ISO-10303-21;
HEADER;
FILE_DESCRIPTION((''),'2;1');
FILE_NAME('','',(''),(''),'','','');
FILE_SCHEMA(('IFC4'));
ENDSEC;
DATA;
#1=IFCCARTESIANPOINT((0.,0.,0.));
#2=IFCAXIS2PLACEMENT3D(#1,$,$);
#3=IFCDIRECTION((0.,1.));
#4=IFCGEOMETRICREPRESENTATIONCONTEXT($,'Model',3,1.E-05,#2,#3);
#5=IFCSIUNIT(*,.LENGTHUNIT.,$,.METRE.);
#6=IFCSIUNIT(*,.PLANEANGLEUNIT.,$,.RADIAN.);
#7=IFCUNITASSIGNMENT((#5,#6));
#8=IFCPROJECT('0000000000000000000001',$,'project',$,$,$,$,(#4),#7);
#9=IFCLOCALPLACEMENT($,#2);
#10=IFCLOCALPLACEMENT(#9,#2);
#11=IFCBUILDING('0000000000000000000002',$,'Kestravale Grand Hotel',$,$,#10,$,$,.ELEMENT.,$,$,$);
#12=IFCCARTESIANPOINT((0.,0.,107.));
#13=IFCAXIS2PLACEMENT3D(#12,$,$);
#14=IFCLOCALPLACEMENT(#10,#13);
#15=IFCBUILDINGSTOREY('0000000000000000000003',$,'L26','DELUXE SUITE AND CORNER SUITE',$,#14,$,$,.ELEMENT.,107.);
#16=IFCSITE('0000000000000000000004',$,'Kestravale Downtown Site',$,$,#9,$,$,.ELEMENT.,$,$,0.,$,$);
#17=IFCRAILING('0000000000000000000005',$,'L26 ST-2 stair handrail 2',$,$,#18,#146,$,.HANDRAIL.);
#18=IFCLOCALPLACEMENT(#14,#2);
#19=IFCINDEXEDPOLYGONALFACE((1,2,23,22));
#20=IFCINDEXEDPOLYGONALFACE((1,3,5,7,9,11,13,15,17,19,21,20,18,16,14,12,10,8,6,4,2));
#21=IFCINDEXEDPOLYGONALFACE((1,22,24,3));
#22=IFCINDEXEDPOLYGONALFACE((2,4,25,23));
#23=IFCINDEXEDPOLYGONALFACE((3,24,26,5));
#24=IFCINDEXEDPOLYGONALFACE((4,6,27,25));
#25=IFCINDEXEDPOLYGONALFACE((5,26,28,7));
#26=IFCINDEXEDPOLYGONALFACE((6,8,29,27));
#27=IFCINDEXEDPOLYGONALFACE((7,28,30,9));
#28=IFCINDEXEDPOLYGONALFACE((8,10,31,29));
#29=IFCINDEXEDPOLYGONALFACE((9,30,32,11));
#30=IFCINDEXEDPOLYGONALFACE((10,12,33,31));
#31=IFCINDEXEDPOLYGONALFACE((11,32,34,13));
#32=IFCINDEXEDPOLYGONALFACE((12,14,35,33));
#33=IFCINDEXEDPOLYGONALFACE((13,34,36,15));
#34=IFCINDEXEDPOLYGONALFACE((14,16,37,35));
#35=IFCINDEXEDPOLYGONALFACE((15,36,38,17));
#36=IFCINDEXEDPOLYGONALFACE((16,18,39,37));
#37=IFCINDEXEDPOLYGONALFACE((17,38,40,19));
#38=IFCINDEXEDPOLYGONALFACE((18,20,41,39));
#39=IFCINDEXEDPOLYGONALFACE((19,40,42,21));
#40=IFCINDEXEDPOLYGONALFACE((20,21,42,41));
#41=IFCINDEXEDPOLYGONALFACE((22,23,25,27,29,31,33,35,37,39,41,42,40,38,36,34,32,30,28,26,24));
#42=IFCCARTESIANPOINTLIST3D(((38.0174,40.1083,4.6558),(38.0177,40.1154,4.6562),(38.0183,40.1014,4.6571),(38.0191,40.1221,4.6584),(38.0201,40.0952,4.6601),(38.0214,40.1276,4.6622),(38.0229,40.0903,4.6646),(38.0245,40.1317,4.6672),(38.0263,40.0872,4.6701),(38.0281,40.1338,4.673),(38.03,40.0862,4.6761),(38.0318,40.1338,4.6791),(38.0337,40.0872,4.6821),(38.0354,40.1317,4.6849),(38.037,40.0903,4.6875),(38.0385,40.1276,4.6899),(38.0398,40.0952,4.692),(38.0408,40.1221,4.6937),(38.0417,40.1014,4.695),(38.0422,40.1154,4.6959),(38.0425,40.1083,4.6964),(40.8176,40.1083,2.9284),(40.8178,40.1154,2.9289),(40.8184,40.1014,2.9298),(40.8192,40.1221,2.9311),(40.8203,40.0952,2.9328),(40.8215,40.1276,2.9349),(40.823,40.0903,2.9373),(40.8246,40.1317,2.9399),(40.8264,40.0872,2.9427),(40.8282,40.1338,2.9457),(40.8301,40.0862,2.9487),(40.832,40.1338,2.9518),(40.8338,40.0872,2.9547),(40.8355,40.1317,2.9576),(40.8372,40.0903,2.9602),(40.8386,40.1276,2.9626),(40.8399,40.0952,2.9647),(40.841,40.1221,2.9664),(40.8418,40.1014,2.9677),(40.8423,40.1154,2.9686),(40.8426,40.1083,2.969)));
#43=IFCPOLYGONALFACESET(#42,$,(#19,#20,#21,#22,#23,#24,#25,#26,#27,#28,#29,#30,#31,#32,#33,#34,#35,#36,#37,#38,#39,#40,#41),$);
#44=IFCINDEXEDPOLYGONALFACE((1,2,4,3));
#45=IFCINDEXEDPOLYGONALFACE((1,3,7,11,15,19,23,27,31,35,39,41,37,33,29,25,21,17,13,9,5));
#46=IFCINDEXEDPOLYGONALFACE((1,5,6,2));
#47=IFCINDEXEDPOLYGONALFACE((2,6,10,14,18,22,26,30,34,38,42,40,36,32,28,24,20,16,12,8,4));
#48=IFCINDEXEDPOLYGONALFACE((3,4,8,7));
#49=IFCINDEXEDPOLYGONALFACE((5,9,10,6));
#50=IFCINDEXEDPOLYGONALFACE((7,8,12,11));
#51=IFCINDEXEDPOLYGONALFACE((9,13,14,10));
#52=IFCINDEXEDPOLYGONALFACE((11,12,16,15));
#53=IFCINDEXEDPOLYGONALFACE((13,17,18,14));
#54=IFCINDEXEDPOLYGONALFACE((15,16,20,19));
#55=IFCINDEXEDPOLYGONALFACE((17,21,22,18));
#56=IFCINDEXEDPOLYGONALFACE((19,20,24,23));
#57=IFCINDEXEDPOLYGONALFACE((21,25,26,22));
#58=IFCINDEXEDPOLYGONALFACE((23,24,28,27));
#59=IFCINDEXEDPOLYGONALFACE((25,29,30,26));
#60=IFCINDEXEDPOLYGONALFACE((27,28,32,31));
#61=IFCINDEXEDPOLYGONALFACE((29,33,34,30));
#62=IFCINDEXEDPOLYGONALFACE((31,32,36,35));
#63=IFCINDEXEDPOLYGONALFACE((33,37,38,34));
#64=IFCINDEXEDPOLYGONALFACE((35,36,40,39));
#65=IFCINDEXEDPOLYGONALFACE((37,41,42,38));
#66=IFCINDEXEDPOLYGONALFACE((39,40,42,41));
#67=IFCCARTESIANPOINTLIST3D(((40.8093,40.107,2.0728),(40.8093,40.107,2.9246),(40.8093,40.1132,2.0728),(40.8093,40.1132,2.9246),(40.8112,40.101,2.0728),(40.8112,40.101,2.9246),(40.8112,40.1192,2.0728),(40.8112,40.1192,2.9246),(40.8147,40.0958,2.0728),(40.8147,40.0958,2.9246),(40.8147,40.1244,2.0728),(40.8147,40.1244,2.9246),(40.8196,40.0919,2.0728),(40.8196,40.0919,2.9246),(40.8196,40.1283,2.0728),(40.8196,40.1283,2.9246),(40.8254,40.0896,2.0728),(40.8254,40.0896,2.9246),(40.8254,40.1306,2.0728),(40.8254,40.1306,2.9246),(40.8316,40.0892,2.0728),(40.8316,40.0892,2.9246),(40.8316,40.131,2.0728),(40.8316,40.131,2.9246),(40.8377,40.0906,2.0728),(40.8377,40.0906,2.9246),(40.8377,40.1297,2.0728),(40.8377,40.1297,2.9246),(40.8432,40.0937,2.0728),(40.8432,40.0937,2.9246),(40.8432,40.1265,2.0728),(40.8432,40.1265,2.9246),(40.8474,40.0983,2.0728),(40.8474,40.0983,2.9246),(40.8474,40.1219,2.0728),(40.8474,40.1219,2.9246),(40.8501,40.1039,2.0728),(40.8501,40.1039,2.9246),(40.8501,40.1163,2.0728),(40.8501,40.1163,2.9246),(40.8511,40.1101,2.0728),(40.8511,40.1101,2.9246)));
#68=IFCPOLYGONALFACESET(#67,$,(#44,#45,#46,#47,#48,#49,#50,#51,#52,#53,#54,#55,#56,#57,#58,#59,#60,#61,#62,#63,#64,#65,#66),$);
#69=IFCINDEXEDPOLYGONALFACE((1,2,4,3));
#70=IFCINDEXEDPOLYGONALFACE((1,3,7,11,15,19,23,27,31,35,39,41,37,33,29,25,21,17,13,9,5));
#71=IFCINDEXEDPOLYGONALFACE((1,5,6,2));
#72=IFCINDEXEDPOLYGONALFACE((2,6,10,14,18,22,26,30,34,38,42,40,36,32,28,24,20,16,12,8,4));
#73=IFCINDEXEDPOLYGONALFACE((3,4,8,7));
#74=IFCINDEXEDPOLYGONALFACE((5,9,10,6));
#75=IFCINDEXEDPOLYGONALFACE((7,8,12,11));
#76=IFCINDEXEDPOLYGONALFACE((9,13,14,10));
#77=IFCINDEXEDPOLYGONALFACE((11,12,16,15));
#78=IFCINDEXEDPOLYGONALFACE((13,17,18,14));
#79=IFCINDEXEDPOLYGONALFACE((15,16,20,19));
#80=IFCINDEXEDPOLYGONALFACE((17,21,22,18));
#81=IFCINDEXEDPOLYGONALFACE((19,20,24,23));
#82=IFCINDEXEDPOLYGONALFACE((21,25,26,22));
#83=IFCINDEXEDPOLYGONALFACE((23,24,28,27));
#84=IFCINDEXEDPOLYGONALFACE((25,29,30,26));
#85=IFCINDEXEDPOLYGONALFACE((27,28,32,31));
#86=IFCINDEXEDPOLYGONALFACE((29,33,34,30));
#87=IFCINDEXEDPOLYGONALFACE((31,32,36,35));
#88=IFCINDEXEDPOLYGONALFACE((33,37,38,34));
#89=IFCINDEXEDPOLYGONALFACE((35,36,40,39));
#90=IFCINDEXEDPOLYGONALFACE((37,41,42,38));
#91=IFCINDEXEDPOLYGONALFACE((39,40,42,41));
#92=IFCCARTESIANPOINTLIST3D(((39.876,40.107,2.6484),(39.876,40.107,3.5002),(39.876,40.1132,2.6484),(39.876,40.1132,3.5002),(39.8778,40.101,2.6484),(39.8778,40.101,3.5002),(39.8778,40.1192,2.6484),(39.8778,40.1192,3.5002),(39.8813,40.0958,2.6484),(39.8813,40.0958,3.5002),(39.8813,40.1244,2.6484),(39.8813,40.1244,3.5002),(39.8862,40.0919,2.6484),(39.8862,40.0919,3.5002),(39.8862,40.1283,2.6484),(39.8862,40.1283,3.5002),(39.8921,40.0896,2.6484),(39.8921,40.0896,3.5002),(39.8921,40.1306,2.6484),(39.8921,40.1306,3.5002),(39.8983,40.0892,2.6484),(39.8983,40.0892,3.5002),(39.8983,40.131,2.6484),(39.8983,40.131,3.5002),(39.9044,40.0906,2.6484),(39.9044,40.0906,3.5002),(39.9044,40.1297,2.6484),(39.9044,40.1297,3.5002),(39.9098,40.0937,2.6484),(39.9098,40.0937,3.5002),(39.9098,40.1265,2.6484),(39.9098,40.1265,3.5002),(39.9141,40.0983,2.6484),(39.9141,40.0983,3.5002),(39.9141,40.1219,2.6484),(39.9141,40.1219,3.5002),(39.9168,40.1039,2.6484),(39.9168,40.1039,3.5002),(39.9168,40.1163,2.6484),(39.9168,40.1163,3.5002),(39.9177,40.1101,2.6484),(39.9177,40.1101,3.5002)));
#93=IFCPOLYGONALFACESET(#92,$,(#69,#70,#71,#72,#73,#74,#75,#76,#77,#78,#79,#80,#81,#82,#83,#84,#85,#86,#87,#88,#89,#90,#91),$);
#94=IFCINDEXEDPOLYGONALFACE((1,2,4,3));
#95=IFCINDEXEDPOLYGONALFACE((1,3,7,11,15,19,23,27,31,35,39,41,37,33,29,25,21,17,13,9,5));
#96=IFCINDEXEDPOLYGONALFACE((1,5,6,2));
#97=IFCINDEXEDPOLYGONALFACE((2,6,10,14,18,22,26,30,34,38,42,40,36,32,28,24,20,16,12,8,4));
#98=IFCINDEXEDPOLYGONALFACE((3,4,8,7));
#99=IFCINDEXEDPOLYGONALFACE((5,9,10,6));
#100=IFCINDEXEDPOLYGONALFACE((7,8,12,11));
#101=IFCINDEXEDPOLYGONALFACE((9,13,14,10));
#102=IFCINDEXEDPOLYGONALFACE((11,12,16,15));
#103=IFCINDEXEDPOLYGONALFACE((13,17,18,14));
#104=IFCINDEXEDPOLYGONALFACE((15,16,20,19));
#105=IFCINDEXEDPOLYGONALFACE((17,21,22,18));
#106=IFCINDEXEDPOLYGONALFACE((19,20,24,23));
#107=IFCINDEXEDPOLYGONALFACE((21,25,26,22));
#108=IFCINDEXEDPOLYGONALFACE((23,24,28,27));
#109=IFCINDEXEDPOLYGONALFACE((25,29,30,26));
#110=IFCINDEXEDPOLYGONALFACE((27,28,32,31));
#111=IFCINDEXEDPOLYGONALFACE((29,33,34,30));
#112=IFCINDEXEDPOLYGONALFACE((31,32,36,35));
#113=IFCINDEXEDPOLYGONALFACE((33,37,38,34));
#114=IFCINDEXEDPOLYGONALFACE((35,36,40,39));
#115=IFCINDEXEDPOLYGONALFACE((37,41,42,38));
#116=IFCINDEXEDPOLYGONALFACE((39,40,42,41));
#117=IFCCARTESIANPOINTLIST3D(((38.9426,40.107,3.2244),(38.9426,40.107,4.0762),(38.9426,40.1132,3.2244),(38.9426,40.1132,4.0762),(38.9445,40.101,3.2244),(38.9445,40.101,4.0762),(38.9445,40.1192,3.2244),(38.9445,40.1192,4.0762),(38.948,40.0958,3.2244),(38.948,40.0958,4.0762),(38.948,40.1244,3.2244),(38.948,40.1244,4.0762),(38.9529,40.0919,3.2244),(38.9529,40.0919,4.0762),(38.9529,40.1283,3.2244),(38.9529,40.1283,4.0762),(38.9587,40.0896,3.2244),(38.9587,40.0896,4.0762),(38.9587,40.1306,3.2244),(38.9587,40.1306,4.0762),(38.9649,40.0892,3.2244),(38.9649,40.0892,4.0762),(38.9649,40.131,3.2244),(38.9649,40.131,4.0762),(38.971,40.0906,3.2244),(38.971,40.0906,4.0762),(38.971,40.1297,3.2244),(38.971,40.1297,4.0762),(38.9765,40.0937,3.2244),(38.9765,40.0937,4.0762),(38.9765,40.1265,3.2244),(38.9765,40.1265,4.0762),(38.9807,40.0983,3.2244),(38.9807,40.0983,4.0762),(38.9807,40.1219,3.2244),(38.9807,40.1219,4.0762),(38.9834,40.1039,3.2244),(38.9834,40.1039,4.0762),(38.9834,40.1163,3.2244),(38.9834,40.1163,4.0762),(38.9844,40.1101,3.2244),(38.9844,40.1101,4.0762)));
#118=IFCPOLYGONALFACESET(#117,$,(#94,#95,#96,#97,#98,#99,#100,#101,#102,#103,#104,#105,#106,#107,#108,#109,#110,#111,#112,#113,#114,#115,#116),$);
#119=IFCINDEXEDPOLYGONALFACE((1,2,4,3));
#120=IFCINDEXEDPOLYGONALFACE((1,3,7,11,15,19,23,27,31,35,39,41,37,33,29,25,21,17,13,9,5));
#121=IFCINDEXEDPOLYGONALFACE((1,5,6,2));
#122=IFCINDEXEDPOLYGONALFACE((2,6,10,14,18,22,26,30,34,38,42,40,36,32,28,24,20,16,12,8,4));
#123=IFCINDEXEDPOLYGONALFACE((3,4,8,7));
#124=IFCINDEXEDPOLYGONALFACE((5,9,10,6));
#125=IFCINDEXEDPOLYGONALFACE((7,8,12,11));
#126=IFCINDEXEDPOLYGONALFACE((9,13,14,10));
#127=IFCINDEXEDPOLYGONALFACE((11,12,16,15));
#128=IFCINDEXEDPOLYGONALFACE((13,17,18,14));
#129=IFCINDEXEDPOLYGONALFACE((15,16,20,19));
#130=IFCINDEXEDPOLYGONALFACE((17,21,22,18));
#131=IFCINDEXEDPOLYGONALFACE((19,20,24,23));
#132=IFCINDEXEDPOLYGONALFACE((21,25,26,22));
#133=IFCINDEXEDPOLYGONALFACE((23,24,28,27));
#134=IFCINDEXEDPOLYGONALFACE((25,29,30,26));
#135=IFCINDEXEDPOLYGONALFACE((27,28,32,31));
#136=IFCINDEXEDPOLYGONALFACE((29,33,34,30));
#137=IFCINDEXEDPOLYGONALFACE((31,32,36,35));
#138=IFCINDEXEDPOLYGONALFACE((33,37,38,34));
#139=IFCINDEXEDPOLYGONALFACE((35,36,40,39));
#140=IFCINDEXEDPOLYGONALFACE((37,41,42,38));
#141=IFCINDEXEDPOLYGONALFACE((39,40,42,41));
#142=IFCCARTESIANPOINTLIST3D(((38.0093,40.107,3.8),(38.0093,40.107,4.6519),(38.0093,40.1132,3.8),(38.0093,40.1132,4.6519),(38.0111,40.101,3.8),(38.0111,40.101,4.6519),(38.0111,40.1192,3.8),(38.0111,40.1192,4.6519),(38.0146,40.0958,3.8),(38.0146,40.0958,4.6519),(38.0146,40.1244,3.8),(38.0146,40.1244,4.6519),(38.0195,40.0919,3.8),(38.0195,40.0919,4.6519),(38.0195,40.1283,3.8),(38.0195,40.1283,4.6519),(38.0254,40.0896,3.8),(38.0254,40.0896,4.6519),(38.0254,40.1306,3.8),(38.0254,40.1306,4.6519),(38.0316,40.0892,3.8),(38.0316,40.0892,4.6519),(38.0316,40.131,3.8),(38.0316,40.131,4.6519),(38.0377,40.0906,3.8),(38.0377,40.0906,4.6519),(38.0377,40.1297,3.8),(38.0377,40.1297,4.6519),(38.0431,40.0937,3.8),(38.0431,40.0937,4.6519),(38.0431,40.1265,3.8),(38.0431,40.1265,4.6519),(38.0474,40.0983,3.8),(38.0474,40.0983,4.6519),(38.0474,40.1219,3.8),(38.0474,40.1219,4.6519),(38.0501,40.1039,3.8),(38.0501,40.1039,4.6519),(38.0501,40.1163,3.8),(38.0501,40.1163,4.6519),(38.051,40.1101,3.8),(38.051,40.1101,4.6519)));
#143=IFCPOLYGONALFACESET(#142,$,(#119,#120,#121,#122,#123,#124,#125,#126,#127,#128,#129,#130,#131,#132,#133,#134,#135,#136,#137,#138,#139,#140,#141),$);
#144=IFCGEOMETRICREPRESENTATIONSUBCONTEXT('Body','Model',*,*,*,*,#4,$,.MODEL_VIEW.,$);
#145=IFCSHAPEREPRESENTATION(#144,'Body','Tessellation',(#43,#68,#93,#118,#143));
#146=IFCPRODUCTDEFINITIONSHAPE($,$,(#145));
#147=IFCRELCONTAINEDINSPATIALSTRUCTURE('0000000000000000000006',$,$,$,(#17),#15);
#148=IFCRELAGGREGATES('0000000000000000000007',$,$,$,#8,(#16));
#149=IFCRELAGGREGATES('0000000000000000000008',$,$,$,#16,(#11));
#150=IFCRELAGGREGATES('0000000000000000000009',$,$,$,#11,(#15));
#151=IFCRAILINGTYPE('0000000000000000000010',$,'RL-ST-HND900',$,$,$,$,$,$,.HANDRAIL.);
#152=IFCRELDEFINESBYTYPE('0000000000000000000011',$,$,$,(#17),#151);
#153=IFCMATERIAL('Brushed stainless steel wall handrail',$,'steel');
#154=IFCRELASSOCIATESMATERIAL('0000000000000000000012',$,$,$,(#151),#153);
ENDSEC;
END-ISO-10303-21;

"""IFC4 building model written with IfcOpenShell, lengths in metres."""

from ifc_helpers import new_model, si_unit, direction, frame, origin, origin_2d, place, context, subcontext, project, spatial, circle, extrude, material, type_object, element, save


model = new_model("IFC4")

# Units and contexts
model_context = context("Model", 3, precision=1e-05, world=origin(), true_north=direction((0.0, 1.0)))
body_context = subcontext(model_context, "Body", "Model", "MODEL_VIEW")
ifc_project = project(units=[si_unit("LENGTHUNIT", "METRE"), si_unit("PLANEANGLEUNIT", "RADIAN")], contexts=[model_context])

# Site, building, storey
site_placement = place(None, origin())
site = spatial("IfcSite", under=ifc_project, at=site_placement, Name="Kestravale Downtown Site", CompositionType="ELEMENT", RefElevation=0.0)
building_placement = place(site_placement, origin())
building = spatial("IfcBuilding", under=site, at=building_placement, Name="Kestravale Grand Hotel", CompositionType="ELEMENT")
storey_placement = place(building_placement, frame((0.0, 0.0, 107.0)))
storey = spatial("IfcBuildingStorey", under=building, at=storey_placement, Name="L26", Description="DELUXE SUITE AND CORNER SUITE", CompositionType="ELEMENT", Elevation=107.0)

# Railing
ifc_material_1 = material(Name="Brushed stainless steel wall handrail", Category="steel")
railing_type_1 = type_object("IfcRailingType", Name="RL-ST-HND900", PredefinedType="HANDRAIL", material=ifc_material_1)
railing_1_placement = place(storey_placement, frame((40.8301, 40.1101, 2.0728)))
element("IfcRailing", 1, at=railing_1_placement, inside=storey, type_object=railing_type_1, Name="L26 ST-2 stair handrail 2", PredefinedType="HANDRAIL", context=body_context, shape_type="SweptSolid", body=[
    extrude(circle(Radius=0.0239, at=origin_2d()), frame((0.0, 0.0, 0.876), z_axis=(-0.85109, 0.0, 0.52502), x_axis=(0.0, -1.0, 0.0)), (0.0, 0.0, 1.0), 3.29),
    extrude(circle(Radius=0.021, at=origin_2d()), origin(), (0.0, 0.0, 1.0), 0.8518),
    extrude(circle(Radius=0.021, at=origin_2d()), frame((-0.9333, 0.0, 0.5757)), (0.0, 0.0, 1.0), 0.8518),
    extrude(circle(Radius=0.021, at=origin_2d()), frame((-1.8667, 0.0, 1.1516)), (0.0, 0.0, 1.0), 0.8518),
    extrude(circle(Radius=0.021, at=origin_2d()), frame((-2.8, 0.0, 1.7273)), (0.0, 0.0, 1.0), 0.8518),
])

save(model, "model.ifc")
